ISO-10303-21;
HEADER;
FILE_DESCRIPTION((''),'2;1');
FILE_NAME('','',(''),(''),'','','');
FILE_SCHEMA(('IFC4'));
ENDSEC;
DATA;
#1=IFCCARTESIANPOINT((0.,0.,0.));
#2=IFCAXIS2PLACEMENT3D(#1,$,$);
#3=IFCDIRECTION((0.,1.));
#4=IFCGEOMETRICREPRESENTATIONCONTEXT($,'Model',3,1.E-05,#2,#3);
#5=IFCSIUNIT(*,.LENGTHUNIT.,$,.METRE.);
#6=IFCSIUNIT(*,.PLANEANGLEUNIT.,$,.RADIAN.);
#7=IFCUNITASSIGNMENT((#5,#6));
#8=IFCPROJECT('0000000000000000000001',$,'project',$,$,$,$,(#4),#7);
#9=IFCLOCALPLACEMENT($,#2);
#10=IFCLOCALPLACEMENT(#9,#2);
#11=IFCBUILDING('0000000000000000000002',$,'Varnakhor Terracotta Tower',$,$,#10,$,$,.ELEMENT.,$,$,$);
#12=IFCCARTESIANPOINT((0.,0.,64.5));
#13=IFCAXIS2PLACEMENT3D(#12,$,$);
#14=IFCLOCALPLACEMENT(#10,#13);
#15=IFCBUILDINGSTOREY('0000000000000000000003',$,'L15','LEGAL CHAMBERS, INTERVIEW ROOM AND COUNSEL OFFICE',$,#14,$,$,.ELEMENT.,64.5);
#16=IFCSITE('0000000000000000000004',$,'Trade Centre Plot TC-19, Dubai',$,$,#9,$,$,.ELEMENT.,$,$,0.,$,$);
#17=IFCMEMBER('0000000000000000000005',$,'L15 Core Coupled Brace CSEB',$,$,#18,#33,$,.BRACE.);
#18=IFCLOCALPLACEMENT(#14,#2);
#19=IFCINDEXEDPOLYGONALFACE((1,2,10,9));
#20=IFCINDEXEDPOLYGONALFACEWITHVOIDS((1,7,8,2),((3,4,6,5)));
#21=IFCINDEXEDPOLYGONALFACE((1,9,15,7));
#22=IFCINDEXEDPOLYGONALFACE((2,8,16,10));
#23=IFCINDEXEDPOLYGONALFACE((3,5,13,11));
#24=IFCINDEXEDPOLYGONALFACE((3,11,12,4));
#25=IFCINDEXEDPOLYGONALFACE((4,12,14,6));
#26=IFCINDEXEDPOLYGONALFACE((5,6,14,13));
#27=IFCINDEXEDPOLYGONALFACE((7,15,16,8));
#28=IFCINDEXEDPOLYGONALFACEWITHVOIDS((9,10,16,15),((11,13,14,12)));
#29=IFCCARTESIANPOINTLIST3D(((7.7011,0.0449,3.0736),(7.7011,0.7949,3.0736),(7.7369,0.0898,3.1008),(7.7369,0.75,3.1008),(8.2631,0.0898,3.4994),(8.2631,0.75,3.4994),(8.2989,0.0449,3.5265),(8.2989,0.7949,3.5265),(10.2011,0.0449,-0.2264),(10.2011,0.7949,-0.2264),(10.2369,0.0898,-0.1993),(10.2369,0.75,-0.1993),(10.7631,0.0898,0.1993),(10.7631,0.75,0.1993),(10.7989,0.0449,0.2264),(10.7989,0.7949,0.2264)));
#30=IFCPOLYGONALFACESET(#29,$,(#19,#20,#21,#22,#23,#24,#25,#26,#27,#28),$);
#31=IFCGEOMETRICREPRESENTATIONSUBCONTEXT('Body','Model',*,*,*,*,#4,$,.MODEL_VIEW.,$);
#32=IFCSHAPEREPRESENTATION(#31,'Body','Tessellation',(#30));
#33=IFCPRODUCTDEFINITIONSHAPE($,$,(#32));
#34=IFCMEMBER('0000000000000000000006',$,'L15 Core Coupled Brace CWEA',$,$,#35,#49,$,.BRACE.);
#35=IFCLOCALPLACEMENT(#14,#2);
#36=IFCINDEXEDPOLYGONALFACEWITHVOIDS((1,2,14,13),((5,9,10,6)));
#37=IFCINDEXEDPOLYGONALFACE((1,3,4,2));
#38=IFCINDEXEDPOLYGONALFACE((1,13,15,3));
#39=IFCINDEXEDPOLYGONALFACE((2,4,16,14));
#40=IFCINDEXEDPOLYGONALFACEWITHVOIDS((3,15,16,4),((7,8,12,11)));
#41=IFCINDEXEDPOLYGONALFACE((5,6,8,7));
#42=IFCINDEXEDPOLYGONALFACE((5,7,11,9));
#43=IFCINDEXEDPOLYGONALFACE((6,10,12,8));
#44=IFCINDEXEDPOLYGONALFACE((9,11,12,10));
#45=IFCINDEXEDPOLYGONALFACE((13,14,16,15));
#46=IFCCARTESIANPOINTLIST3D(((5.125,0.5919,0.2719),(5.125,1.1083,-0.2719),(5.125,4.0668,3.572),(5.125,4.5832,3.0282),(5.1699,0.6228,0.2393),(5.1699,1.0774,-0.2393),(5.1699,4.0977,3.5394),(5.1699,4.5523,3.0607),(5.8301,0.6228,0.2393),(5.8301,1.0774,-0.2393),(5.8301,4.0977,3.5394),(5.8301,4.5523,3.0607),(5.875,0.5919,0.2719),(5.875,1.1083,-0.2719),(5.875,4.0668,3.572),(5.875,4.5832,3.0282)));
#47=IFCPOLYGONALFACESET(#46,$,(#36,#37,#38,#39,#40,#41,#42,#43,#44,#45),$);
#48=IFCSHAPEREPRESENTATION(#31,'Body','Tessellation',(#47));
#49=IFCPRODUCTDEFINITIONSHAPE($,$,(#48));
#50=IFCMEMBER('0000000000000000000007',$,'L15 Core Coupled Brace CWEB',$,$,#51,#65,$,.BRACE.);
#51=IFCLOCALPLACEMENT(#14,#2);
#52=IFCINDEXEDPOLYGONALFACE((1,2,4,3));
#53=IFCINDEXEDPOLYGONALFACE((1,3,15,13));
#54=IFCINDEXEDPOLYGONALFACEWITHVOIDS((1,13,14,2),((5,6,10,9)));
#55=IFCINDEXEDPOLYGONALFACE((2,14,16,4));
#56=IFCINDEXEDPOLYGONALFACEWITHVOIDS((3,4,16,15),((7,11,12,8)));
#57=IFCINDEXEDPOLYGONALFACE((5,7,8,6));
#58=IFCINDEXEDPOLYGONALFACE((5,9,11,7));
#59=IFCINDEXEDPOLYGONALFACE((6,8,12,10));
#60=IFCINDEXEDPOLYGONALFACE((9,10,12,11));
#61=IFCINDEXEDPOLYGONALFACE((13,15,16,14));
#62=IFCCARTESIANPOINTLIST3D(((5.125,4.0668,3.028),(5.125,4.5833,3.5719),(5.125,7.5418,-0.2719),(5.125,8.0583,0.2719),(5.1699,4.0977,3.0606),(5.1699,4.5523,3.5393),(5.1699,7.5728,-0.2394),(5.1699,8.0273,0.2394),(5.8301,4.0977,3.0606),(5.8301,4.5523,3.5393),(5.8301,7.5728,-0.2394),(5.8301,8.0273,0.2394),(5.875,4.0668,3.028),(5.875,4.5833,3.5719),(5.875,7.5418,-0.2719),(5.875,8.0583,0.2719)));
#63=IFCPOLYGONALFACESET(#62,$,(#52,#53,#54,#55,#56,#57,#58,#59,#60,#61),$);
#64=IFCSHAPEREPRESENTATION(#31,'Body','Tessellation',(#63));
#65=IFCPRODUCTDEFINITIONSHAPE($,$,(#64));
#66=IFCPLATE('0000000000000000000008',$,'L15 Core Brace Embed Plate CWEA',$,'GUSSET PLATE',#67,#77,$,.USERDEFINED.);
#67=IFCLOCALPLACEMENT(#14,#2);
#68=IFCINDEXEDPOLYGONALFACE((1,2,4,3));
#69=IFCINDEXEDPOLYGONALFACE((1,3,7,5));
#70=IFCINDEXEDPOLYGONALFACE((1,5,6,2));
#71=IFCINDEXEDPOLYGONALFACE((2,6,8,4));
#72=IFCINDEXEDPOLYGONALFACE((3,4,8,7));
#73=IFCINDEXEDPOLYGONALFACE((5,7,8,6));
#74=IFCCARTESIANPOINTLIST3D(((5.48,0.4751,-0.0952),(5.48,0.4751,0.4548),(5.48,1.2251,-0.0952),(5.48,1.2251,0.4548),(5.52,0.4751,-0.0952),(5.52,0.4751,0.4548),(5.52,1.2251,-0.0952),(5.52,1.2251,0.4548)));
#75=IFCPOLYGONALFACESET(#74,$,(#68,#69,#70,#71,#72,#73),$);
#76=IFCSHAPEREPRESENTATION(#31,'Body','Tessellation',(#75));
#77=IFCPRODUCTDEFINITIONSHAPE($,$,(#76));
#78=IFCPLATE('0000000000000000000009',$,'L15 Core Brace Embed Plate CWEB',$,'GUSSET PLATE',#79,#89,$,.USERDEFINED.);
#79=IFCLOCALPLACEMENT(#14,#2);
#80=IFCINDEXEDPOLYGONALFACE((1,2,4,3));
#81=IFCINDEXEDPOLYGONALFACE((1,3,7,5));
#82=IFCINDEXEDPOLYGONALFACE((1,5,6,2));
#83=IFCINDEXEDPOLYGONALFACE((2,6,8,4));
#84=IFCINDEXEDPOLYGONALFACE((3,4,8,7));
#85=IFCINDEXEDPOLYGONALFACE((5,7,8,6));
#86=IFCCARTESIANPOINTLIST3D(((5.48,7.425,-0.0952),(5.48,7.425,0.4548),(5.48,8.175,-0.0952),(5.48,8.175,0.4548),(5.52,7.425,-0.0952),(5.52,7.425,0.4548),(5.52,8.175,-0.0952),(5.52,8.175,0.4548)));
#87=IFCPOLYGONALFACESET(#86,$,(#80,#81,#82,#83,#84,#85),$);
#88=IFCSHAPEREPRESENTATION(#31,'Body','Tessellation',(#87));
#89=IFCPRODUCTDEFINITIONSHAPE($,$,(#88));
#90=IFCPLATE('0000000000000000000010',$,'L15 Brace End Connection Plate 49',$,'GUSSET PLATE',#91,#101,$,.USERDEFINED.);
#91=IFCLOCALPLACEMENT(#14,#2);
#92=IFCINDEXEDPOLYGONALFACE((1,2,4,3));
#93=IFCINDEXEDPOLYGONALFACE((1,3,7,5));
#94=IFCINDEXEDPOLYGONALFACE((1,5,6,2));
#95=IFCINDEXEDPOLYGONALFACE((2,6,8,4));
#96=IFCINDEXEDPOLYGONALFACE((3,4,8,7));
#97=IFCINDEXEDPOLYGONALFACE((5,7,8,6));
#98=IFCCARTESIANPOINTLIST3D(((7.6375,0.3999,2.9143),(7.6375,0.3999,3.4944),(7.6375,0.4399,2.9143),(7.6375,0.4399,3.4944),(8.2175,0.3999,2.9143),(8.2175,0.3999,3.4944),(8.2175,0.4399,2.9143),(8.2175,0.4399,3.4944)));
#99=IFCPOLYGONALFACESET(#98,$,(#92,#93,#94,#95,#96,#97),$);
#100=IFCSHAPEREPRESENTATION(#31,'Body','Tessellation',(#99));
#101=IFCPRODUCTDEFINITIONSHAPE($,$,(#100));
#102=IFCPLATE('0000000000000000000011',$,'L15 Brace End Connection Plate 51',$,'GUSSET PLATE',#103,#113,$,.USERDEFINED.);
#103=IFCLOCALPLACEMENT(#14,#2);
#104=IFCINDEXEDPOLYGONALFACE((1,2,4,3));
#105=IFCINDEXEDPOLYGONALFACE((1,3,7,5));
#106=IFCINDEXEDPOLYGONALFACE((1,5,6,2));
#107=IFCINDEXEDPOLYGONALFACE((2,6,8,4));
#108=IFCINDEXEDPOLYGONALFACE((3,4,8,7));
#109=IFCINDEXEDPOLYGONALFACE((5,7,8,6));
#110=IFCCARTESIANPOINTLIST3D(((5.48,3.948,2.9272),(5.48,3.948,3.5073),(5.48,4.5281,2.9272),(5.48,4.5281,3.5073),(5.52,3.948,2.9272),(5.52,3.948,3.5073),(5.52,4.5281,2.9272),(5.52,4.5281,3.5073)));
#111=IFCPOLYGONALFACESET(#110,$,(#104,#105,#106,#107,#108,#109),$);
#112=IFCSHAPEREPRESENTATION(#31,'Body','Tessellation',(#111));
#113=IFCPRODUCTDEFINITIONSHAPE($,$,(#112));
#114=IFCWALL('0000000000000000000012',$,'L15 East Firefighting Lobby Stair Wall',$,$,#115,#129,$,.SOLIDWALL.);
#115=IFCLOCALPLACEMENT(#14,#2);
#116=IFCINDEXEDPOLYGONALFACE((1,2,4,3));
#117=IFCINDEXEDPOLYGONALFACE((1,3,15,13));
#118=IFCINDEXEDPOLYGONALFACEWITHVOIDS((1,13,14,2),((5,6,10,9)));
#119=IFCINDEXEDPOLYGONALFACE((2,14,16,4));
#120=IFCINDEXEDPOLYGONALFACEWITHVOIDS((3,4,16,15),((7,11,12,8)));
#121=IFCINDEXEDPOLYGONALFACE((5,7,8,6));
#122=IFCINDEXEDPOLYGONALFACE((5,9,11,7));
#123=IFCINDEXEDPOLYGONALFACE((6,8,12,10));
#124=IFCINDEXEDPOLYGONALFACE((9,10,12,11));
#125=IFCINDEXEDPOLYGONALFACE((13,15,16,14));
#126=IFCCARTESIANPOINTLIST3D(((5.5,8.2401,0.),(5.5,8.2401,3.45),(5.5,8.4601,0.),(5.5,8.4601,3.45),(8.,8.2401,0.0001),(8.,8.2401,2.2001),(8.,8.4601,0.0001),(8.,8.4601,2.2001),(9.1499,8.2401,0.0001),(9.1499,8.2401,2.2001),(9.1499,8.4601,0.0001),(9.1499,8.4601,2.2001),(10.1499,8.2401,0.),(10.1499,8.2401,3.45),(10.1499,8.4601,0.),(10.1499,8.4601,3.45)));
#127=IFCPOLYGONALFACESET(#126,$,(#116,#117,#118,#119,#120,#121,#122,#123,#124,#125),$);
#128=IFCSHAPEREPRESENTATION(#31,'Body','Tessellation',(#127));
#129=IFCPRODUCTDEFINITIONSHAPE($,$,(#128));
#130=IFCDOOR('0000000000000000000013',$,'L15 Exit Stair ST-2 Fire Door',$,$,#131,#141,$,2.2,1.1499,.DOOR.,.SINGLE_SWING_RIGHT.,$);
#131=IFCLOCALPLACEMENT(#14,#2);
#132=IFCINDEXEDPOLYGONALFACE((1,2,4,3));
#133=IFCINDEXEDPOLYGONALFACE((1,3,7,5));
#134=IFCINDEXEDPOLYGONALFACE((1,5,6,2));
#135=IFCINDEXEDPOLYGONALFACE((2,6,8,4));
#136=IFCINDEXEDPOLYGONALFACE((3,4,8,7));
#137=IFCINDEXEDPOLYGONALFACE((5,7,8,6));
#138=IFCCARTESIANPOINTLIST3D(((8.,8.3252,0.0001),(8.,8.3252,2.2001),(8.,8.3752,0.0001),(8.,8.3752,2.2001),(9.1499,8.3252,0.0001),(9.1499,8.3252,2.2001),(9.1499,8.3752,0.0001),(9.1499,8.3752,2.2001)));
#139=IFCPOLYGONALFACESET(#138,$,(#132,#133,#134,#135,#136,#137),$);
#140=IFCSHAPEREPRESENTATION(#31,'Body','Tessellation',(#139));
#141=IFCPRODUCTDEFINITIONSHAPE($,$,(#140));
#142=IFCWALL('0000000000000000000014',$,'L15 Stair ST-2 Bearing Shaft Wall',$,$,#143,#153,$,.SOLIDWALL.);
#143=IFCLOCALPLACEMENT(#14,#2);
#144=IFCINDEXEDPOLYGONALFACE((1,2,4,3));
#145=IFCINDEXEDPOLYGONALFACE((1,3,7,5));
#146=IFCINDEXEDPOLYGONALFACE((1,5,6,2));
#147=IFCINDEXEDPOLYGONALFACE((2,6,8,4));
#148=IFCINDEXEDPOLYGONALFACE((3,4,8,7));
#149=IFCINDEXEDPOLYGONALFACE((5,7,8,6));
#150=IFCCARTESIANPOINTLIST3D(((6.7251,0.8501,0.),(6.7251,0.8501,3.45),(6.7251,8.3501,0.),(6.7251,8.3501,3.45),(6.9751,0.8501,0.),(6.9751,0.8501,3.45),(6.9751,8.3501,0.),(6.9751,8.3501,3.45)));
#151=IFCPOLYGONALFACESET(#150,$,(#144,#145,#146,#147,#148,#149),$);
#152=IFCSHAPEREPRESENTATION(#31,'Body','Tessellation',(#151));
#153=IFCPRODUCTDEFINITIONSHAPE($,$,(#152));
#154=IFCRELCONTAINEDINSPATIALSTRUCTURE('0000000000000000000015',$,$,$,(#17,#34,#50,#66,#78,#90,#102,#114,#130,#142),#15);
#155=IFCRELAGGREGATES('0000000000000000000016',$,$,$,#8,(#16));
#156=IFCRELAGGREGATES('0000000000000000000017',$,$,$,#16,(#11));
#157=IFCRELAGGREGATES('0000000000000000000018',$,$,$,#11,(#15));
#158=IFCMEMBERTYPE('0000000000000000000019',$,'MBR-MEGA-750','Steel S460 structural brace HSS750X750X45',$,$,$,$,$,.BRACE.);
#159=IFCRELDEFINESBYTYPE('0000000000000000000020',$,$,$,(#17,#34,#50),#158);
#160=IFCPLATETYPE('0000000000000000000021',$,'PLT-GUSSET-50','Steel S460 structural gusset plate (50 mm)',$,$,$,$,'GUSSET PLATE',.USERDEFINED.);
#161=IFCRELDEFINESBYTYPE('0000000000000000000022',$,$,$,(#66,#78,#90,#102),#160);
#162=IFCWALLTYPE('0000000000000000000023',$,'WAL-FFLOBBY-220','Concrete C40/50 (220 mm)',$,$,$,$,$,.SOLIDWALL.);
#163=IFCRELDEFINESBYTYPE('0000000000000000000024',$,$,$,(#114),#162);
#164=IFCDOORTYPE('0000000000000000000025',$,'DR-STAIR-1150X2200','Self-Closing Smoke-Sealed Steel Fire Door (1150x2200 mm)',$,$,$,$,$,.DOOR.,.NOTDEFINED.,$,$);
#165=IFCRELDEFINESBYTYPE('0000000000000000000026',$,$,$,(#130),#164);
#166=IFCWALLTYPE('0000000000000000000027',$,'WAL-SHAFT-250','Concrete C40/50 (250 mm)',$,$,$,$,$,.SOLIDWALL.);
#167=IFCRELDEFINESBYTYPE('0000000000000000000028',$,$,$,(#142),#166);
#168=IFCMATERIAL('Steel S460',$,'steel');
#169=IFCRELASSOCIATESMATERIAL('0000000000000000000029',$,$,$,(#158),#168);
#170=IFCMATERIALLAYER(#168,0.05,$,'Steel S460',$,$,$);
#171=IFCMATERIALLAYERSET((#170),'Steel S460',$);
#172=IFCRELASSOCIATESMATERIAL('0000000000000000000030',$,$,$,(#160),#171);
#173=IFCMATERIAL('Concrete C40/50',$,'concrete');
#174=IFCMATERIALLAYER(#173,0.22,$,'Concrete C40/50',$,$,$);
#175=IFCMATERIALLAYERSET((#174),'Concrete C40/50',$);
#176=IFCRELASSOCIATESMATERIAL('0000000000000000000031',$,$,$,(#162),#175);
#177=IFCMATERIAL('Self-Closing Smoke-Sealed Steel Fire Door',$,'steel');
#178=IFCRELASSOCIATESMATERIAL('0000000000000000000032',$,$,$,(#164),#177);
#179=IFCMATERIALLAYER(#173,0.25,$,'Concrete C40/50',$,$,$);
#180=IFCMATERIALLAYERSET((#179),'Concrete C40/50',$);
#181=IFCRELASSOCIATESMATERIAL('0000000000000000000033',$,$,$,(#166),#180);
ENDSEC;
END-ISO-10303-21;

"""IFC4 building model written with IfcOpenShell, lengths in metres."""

from ifc_helpers import new_model, si_unit, direction, frame, frame_2d, origin, origin_2d, place, context, subcontext, project, spatial, rectangle, hollow_rectangle, extrude, source, transform, mapped, material, layer, layer_set, material_profile, profile_set, type_object, type_shapes, element, fill, save


model = new_model("IFC4")

# Units and contexts
model_context = context("Model", 3, precision=1e-05, world=origin(), true_north=direction((0.0, 1.0)))
body_context = subcontext(model_context, "Body", "Model", "MODEL_VIEW")
ifc_project = project(units=[si_unit("LENGTHUNIT", "METRE"), si_unit("PLANEANGLEUNIT", "RADIAN")], contexts=[model_context])

# Site, building, storey
site_placement = place(None, origin())
site = spatial("IfcSite", under=ifc_project, at=site_placement, Name="Trade Centre Plot TC-19, Dubai", CompositionType="ELEMENT", RefElevation=0.0)
building_placement = place(site_placement, origin())
building = spatial("IfcBuilding", under=site, at=building_placement, Name="Varnakhor Terracotta Tower", CompositionType="ELEMENT")
storey_placement = place(building_placement, frame((0.0, 0.0, 64.5)))
storey = spatial("IfcBuildingStorey", under=building, at=storey_placement, Name="L15", Description="LEGAL CHAMBERS, INTERVIEW ROOM AND COUNSEL OFFICE", CompositionType="ELEMENT", Elevation=64.5)

# Members
ifc_material_1 = material(Name="Steel S460", Category="steel")
ifc_material_profile = material_profile(ifc_material_1, hollow_rectangle(XDim=0.75, YDim=0.75, WallThickness=0.0449, at=origin_2d()), Name="HSS750X750X45")
ifc_profile_set = profile_set([ifc_material_profile], Name="Steel S460")
member_type = type_object("IfcMemberType", Name="MBR-MEGA-750", Description="Steel S460 structural brace HSS750X750X45", PredefinedType="BRACE", material=ifc_profile_set)
shared_shape_1 = source(origin(), body_context, "Body", "SweptSolid", [
    extrude(hollow_rectangle(XDim=0.75, YDim=0.75, WallThickness=0.0449, at=origin_2d()), origin(), (0.0, 0.0, 1.0), 4.1401),
])
type_shapes(member_type, [shared_shape_1])
member_placement = place(storey_placement, frame((10.5, 0.4199, 0.0), z_axis=(-0.603852, 0.0, 0.797096), x_axis=(0.0, -1.0, 0.0)))
element("IfcMember", 1, at=member_placement, inside=storey, type_object=member_type, Name="L15 Core Coupled Brace CSEB", PredefinedType="BRACE", context=body_context, shape_type="MappedRepresentation", body=[
    mapped(shared_shape_1, transform((0.0, 0.0, 0.0), scale=1.0)),
])
shared_shape_2 = source(origin(), body_context, "Body", "SweptSolid", [
    extrude(hollow_rectangle(XDim=0.75, YDim=0.75, WallThickness=0.0449, at=origin_2d()), origin(), (0.0, 0.0, 1.0), 4.7922),
])
for number, where, z_axis, x_axis, name in (
    (2, (5.5, 0.8501, 0.0), (0.0, 0.72511, 0.688633), (-1.0, 0.0, 0.0), "L15 Core Coupled Brace CWEA"),
    (3, (5.5, 7.8, 0.0), (0.0, -0.725134, 0.688608), (1.0, 0.0, 0.0), "L15 Core Coupled Brace CWEB"),
):
    element("IfcMember", number, at=place(storey_placement, frame(where, z_axis=z_axis, x_axis=x_axis)), inside=storey, type_object=member_type, Name=name, PredefinedType="BRACE", context=body_context, shape_type="MappedRepresentation", body=[
        mapped(shared_shape_2, transform((0.0, 0.0, 0.0), scale=1.0)),
    ])

# Plates
ifc_layer_1 = layer(ifc_material_1, 0.05, Name="Steel S460")
ifc_layer_set_1 = layer_set([ifc_layer_1], Name="Steel S460")
plate_type = type_object("IfcPlateType", Name="PLT-GUSSET-50", Description="Steel S460 structural gusset plate (50 mm)", ElementType="GUSSET PLATE", PredefinedType="USERDEFINED", material=ifc_layer_set_1)
shared_shape_3 = source(origin(), body_context, "Body", "SweptSolid", [
    extrude(rectangle(XDim=0.75, YDim=0.04, at=origin_2d()), origin(), (0.0, 0.0, 1.0), 0.55),
])
type_shapes(plate_type, [shared_shape_3])
for number, where, z_axis, x_axis, name in (
    (4, (5.5, 0.8501, -0.0952), (0.0, 0.0, 1.0), (0.0, 1.0, 0.0), "L15 Core Brace Embed Plate CWEA"),
    (5, (5.5, 7.8, -0.0952), (0.0, 0.0, 1.0), (0.0, 1.0, 0.0), "L15 Core Brace Embed Plate CWEB"),
):
    element("IfcPlate", number, at=place(storey_placement, frame(where, z_axis=z_axis, x_axis=x_axis)), inside=storey, type_object=plate_type, Name=name, ObjectType="GUSSET PLATE", PredefinedType="USERDEFINED", context=body_context, shape_type="MappedRepresentation", body=[
        mapped(shared_shape_3, transform((0.0, 0.0, 0.0), scale=1.0)),
    ])
shared_shape_4 = source(origin(), body_context, "Body", "SweptSolid", [
    extrude(rectangle(XDim=0.5801, YDim=0.04, at=origin_2d()), origin(), (0.0, 0.0, 1.0), 0.5801),
])
for number, where, z_axis, x_axis, name in (
    (6, (7.9275, 0.4199, 2.9143), (0.0, 0.0, 1.0), (1.0, 0.0, 0.0), "L15 Brace End Connection Plate 49"),
    (7, (5.5, 4.238, 2.9272), (0.0, 0.0, 1.0), (0.0, 1.0, 0.0), "L15 Brace End Connection Plate 51"),
):
    element("IfcPlate", number, at=place(storey_placement, frame(where, z_axis=z_axis, x_axis=x_axis)), inside=storey, type_object=plate_type, Name=name, ObjectType="GUSSET PLATE", PredefinedType="USERDEFINED", context=body_context, shape_type="MappedRepresentation", body=[
        mapped(shared_shape_4, transform((0.0, 0.0, 0.0), scale=1.0)),
    ])

# Wall, opening, door
ifc_material_2 = material(Name="Concrete C40/50", Category="concrete")
ifc_layer_2 = layer(ifc_material_2, 0.22, Name="Concrete C40/50")
ifc_layer_set_2 = layer_set([ifc_layer_2], Name="Concrete C40/50")
wall_type_1 = type_object("IfcWallType", Name="WAL-FFLOBBY-220", Description="Concrete C40/50 (220 mm)", PredefinedType="SOLIDWALL", material=ifc_layer_set_2)
wall_1_placement = place(storey_placement, frame((10.1499, 8.3501, 0.0), z_axis=(0.0, 0.0, 1.0), x_axis=(-1.0, 0.0, 0.0)))
wall_1 = element("IfcWall", 8, at=wall_1_placement, inside=storey, type_object=wall_type_1, Name="L15 East Firefighting Lobby Stair Wall", PredefinedType="SOLIDWALL", context=body_context, shape_type="SweptSolid", body=[
    extrude(rectangle(XDim=4.6499, YDim=0.22, at=frame_2d((2.325, 0.0))), origin(), (0.0, 0.0, 1.0), 3.45),
])
opening_placement = place(wall_1_placement, frame((1.0, 0.0, 0.0)))
opening = element("IfcOpeningElement", 9, at=opening_placement, cuts=wall_1, PredefinedType="OPENING", context=body_context, shape_type="SweptSolid", body=[
    extrude(rectangle(XDim=1.1499, YDim=2.2, at=frame_2d((0.575, 1.1001))), frame((0.0, 0.1201, 0.0), z_axis=(0.0, -1.0, 0.0), x_axis=(1.0, 0.0, 0.0)), (0.0, 0.0, 1.0), 0.24),
])
ifc_material_3 = material(Name="Self-Closing Smoke-Sealed Steel Fire Door", Category="steel")
door_type = type_object("IfcDoorType", Name="DR-STAIR-1150X2200", Description="Self-Closing Smoke-Sealed Steel Fire Door (1150x2200 mm)", OperationType="NOTDEFINED", PredefinedType="DOOR", material=ifc_material_3)
shared_shape_5 = source(origin(), body_context, "Body", "SweptSolid", [
    extrude(rectangle(XDim=1.1499, YDim=2.2, at=frame_2d((0.575, 1.1001))), frame((0.0, 0.0249, 0.0), z_axis=(0.0, -1.0, 0.0), x_axis=(1.0, 0.0, 0.0)), (0.0, 0.0, 1.0), 0.05),
])
type_shapes(door_type, [shared_shape_5])
door_placement = place(opening_placement, origin())
door = element("IfcDoor", 10, at=door_placement, inside=storey, type_object=door_type, Name="L15 Exit Stair ST-2 Fire Door", OperationType="SINGLE_SWING_RIGHT", OverallHeight=2.2, OverallWidth=1.1499, PredefinedType="DOOR", context=body_context, shape_type="MappedRepresentation", body=[
    mapped(shared_shape_5, transform((0.0, 0.0, 0.0), scale=1.0)),
])
fill(opening, door)

# Wall
ifc_layer_3 = layer(ifc_material_2, 0.25, Name="Concrete C40/50")
ifc_layer_set_3 = layer_set([ifc_layer_3], Name="Concrete C40/50")
wall_type_2 = type_object("IfcWallType", Name="WAL-SHAFT-250", Description="Concrete C40/50 (250 mm)", PredefinedType="SOLIDWALL", material=ifc_layer_set_3)
wall_2_placement = place(storey_placement, frame((6.8501, 0.8501, 0.0), z_axis=(0.0, 0.0, 1.0), x_axis=(0.0, 1.0, 0.0)))
element("IfcWall", 11, at=wall_2_placement, inside=storey, type_object=wall_type_2, Name="L15 Stair ST-2 Bearing Shaft Wall", PredefinedType="SOLIDWALL", context=body_context, shape_type="SweptSolid", body=[
    extrude(rectangle(XDim=7.5, YDim=0.25, at=frame_2d((3.75, 0.0))), origin(), (0.0, 0.0, 1.0), 3.45),
])

save(model, "model.ifc")
